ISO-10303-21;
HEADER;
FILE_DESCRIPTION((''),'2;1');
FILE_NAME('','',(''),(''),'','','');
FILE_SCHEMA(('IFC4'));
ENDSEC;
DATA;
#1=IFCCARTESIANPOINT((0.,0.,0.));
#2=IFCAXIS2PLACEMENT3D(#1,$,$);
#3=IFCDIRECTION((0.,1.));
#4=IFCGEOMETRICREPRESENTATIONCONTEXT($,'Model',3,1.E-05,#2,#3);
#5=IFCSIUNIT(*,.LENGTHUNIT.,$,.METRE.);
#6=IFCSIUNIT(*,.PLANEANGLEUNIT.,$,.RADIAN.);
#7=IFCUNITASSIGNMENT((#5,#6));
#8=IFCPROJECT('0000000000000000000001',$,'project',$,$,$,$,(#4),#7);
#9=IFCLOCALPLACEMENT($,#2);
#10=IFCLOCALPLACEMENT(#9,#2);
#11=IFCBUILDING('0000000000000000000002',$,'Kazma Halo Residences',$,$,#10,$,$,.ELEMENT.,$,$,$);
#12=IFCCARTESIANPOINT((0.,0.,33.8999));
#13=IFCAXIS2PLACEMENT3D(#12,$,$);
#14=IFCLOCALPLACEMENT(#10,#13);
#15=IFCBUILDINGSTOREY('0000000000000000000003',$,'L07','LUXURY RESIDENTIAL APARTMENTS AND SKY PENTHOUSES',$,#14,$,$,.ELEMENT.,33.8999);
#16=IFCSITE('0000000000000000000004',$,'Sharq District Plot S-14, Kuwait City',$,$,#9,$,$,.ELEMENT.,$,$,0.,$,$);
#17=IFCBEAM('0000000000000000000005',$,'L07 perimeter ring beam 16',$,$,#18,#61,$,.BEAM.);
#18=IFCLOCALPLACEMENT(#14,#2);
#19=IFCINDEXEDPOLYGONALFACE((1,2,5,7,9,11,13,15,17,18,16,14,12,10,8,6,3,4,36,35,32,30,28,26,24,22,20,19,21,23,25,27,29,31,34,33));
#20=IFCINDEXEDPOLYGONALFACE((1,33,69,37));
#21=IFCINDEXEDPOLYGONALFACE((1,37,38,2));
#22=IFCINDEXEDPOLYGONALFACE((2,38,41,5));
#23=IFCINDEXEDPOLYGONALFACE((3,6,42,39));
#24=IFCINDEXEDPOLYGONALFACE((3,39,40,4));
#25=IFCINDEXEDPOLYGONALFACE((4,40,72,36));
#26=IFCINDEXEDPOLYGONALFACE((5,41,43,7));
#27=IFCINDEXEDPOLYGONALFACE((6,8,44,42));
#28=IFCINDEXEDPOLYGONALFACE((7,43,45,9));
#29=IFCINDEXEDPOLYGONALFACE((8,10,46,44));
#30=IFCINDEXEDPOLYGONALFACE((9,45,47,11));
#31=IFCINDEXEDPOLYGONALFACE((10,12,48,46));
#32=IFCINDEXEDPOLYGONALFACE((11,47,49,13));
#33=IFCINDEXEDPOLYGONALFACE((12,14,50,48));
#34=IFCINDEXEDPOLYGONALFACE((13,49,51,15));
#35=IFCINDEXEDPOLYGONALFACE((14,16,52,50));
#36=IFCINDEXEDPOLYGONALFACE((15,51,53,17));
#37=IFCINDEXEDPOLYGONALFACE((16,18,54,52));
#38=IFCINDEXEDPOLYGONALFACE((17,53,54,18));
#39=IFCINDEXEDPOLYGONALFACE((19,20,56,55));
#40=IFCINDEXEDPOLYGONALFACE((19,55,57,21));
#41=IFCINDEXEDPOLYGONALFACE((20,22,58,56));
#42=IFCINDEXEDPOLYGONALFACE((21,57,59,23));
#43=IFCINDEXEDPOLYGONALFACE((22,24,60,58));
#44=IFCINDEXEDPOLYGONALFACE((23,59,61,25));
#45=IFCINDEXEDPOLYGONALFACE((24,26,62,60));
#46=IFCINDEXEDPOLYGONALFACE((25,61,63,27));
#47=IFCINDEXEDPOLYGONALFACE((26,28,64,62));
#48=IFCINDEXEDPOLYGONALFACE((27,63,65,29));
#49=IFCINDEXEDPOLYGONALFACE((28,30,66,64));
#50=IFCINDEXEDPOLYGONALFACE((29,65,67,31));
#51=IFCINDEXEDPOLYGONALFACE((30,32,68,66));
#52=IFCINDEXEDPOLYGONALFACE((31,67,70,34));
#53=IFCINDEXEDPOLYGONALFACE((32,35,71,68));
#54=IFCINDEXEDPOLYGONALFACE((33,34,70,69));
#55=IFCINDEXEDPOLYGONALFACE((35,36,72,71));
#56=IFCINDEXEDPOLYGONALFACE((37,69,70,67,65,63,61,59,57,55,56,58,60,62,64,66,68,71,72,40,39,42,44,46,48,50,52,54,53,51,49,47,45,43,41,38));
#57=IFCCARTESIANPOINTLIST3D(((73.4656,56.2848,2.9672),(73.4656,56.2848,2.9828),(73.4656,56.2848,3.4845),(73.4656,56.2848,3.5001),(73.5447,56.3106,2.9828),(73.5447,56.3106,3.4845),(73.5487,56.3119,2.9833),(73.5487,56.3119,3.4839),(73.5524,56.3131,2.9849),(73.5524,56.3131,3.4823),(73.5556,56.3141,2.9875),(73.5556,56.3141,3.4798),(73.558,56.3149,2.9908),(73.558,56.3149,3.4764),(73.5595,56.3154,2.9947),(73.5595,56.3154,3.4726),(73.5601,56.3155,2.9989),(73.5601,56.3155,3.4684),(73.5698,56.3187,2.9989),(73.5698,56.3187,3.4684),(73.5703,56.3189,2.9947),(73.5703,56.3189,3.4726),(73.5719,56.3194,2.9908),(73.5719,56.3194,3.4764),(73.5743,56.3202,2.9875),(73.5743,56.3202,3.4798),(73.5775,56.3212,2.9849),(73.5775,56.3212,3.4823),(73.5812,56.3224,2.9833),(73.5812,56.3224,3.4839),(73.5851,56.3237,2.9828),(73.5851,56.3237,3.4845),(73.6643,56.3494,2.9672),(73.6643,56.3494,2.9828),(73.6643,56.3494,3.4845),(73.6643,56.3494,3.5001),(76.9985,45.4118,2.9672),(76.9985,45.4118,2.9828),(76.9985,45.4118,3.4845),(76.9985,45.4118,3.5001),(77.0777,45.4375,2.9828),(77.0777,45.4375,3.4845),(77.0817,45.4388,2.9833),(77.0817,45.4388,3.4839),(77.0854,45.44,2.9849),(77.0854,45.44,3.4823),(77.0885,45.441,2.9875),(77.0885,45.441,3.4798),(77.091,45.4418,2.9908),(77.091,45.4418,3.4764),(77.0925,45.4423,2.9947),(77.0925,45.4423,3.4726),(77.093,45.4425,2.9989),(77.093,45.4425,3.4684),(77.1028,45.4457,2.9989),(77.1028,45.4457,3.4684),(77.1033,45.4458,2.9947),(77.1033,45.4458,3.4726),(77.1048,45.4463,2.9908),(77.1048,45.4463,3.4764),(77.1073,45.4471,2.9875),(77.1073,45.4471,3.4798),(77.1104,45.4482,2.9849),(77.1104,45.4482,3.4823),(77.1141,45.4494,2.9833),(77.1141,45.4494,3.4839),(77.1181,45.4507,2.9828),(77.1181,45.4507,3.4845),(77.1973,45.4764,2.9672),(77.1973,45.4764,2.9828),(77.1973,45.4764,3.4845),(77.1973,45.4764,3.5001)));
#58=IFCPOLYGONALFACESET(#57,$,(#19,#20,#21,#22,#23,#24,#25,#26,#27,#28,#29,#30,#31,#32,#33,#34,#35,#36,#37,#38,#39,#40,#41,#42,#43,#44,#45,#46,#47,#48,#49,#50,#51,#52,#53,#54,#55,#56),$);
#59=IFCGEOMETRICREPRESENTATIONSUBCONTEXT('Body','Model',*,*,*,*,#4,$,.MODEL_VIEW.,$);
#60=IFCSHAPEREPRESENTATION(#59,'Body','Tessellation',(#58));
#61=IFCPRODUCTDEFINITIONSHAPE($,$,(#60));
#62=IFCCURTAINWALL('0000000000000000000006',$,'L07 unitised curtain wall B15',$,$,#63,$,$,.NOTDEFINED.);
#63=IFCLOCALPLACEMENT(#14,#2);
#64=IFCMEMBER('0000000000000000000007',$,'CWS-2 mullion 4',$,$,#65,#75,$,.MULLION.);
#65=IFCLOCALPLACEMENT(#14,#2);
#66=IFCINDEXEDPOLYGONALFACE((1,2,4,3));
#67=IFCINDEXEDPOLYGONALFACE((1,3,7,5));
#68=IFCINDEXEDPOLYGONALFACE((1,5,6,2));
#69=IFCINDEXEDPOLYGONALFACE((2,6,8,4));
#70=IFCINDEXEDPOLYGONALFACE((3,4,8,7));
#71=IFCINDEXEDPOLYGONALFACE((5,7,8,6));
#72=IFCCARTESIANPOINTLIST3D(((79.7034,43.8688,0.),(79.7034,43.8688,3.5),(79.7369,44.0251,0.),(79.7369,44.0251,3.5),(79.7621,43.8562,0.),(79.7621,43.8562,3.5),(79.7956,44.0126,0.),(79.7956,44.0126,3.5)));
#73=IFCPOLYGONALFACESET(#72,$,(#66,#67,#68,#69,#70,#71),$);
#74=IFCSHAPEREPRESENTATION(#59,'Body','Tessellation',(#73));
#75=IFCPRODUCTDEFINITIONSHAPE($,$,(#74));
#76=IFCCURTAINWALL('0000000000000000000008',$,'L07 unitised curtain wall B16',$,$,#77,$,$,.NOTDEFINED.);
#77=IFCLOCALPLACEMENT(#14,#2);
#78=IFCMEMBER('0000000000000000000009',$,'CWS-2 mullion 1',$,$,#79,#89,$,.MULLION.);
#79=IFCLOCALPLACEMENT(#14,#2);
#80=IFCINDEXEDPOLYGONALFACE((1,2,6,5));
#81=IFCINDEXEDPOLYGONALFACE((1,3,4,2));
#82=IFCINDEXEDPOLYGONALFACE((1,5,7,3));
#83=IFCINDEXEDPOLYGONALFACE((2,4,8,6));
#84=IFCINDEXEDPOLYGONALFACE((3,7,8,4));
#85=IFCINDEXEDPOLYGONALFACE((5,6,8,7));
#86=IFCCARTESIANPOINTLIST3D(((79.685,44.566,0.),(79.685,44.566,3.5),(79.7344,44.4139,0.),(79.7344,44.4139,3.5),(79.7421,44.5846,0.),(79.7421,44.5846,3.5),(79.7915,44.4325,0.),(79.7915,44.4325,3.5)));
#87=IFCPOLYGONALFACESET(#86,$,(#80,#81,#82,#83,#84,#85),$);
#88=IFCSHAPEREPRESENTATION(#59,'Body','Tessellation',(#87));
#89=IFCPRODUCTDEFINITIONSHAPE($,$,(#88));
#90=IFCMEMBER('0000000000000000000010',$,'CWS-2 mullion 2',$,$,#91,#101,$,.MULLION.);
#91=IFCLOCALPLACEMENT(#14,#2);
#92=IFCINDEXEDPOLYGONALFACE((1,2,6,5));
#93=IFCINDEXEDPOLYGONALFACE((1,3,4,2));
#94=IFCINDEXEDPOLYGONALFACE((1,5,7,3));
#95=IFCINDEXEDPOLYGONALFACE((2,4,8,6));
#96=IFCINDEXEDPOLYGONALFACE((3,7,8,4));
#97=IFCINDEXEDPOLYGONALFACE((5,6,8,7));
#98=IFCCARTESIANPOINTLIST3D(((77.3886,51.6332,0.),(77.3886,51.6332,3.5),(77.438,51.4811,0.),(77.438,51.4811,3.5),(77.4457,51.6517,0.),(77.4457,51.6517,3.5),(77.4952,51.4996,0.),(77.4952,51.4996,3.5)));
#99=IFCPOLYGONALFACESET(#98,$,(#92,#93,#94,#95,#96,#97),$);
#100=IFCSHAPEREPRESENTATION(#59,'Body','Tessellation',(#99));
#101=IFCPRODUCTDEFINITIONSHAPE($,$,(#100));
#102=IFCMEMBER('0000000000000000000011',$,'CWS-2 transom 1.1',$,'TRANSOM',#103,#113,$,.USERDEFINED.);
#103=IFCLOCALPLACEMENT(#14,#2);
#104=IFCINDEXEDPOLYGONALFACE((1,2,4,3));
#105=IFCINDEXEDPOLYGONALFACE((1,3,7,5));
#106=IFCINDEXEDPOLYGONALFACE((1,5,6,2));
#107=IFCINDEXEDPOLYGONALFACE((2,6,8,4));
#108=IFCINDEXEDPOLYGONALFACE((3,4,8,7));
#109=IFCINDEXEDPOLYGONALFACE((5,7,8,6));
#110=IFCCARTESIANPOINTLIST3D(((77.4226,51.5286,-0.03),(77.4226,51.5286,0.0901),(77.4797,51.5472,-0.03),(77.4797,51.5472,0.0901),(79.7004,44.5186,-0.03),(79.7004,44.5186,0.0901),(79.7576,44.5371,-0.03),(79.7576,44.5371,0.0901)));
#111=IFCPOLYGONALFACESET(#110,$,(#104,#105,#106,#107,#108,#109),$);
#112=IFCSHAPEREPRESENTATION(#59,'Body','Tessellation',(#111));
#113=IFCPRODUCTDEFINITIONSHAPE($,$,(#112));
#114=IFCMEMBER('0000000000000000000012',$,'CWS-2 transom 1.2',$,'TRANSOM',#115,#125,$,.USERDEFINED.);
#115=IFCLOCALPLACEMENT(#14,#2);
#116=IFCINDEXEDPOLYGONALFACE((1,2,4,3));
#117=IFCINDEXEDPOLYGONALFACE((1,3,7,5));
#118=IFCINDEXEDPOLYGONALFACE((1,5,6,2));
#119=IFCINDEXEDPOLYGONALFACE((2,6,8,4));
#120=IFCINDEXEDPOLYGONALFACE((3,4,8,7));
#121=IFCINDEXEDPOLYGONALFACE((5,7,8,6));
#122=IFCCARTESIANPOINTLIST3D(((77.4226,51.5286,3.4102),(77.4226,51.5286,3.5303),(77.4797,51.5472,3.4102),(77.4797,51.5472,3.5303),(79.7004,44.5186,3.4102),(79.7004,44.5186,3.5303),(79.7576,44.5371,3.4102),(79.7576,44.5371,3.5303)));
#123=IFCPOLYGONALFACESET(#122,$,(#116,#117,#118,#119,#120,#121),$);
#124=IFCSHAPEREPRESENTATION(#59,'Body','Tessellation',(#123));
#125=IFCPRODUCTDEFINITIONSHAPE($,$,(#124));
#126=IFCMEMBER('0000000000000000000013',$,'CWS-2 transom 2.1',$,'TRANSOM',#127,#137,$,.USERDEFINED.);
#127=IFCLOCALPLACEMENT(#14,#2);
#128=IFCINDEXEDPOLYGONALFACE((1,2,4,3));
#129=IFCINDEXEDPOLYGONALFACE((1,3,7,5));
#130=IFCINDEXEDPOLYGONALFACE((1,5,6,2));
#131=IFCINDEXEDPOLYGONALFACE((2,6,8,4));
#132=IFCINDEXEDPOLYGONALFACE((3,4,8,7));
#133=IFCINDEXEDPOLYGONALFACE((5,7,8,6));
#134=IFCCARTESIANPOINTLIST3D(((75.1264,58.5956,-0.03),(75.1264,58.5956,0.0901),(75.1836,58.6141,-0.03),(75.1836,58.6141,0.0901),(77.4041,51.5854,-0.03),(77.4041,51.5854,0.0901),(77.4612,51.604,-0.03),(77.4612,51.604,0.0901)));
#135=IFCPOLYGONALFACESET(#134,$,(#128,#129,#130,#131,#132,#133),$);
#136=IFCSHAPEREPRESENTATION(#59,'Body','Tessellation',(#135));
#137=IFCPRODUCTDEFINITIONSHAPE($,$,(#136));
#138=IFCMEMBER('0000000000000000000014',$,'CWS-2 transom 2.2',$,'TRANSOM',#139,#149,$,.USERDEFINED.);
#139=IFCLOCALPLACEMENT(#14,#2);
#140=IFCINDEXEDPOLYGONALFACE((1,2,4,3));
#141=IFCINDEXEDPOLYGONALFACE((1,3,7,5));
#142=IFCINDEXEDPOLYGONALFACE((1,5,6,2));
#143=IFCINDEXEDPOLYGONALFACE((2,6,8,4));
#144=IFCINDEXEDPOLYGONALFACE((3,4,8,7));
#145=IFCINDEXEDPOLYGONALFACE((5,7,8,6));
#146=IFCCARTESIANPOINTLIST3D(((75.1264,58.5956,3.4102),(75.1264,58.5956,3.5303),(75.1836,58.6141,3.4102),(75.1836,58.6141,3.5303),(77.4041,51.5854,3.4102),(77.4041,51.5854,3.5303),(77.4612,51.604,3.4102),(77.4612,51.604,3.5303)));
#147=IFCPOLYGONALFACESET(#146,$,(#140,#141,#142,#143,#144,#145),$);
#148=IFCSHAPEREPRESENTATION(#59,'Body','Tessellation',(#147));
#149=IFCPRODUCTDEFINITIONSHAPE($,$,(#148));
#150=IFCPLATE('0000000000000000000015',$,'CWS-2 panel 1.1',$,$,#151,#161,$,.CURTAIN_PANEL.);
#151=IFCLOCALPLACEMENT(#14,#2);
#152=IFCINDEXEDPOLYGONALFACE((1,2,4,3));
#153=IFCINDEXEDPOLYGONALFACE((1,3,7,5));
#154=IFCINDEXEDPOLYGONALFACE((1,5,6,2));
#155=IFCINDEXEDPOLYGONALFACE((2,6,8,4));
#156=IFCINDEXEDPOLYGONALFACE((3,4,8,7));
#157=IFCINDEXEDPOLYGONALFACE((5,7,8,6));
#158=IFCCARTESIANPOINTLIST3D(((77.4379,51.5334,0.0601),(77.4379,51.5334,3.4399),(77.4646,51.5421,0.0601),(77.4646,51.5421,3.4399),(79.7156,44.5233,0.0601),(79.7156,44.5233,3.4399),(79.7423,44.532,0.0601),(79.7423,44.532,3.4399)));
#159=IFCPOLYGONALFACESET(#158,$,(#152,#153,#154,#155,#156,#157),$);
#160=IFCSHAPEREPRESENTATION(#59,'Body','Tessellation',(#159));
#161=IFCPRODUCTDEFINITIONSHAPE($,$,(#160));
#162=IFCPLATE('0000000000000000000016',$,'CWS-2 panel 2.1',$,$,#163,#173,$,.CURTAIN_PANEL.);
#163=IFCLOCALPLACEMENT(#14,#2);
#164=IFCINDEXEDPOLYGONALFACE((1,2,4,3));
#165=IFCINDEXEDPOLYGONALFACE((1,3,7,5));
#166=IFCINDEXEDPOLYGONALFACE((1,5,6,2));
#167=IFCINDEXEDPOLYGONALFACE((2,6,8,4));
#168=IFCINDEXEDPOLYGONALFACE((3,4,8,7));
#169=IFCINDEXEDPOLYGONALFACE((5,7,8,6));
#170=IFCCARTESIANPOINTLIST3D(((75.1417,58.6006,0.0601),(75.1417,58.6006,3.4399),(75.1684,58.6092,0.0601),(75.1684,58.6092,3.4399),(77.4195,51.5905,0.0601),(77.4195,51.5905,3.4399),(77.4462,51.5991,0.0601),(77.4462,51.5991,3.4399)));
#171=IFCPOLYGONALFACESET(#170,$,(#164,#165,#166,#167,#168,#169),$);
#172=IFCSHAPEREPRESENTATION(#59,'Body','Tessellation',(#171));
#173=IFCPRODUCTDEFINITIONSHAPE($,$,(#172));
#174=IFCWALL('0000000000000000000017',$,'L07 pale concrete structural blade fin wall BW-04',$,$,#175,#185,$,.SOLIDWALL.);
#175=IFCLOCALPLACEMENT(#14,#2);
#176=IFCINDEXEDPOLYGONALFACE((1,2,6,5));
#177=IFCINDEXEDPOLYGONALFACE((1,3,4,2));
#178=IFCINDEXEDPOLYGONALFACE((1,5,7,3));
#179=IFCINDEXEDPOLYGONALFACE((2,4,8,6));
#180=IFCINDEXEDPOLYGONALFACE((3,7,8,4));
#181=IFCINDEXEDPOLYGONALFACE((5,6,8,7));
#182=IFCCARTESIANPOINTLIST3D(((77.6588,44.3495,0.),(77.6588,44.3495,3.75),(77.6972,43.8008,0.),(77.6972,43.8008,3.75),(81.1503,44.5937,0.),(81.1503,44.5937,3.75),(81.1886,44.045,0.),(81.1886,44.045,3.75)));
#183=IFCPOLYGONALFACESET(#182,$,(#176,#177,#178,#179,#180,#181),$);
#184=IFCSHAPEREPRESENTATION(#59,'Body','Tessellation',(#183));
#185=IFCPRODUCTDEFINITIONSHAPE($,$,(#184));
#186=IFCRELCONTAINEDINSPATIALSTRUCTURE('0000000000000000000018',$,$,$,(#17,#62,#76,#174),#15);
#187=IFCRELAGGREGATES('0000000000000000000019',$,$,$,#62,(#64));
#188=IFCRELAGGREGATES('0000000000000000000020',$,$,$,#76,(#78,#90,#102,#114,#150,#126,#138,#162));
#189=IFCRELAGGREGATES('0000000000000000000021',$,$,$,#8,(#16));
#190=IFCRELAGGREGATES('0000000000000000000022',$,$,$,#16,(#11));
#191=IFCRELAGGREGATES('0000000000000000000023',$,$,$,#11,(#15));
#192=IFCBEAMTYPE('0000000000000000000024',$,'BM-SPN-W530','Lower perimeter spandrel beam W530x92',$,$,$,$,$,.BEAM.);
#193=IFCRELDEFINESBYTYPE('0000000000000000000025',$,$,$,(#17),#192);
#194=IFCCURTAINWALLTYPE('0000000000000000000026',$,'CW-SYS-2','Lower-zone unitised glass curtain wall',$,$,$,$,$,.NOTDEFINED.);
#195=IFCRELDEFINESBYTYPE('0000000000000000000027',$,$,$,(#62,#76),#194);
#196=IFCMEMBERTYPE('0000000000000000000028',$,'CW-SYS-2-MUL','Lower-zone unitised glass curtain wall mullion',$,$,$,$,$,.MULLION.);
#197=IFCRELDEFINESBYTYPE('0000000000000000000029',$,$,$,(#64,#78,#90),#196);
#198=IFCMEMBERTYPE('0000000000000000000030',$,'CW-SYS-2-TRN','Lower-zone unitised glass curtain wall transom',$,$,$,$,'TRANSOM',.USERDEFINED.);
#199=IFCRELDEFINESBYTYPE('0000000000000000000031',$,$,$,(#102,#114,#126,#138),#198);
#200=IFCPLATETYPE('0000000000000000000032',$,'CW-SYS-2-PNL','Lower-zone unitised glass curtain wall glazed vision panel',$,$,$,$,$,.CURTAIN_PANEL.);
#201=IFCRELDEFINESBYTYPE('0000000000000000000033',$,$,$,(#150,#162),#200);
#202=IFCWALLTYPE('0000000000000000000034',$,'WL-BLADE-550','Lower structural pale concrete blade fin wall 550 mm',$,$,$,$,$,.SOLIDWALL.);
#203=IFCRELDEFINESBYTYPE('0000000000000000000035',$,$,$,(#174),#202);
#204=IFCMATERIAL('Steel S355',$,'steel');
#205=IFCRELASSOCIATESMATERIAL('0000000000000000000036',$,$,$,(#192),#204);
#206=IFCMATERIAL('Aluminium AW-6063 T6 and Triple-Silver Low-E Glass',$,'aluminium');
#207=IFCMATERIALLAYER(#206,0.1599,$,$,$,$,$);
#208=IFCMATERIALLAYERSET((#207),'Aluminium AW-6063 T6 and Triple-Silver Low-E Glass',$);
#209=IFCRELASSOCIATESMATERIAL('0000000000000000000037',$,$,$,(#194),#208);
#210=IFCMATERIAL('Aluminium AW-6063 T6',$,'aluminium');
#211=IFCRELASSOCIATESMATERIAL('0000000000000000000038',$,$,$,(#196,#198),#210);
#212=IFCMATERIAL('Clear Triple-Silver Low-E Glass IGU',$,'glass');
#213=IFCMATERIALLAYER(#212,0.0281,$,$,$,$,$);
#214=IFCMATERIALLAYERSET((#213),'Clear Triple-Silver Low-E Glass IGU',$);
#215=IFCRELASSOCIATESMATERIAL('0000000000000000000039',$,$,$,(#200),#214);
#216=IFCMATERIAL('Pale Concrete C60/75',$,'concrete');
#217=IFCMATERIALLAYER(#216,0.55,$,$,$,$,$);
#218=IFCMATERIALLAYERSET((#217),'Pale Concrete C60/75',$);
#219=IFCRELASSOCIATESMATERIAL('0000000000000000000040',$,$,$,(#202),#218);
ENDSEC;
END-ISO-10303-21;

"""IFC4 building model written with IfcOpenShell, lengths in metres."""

from ifc_helpers import new_model, si_unit, direction, frame, frame_2d, origin, origin_2d, place, context, subcontext, project, spatial, rectangle, i_section, extrude, material, layer, layer_set, material_profile, profile_set, type_object, element, aggregate, save


model = new_model("IFC4")

# Units and contexts
model_context = context("Model", 3, precision=1e-05, world=origin(), true_north=direction((0.0, 1.0)))
body_context = subcontext(model_context, "Body", "Model", "MODEL_VIEW")
ifc_project = project(units=[si_unit("LENGTHUNIT", "METRE"), si_unit("PLANEANGLEUNIT", "RADIAN")], contexts=[model_context])

# Site, building, storey
site_placement = place(None, origin())
site = spatial("IfcSite", under=ifc_project, at=site_placement, Name="Sharq District Plot S-14, Kuwait City", CompositionType="ELEMENT", RefElevation=0.0)
building_placement = place(site_placement, origin())
building = spatial("IfcBuilding", under=site, at=building_placement, Name="Kazma Halo Residences", CompositionType="ELEMENT")
storey_placement = place(building_placement, frame((0.0, 0.0, 33.8999)))
storey = spatial("IfcBuildingStorey", under=building, at=storey_placement, Name="L07", Description="LUXURY RESIDENTIAL APARTMENTS AND SKY PENTHOUSES", CompositionType="ELEMENT", Elevation=33.8999)

# Beam
ifc_material_1 = material(Name="Steel S355", Category="steel")
ifc_material_profile_1 = material_profile(ifc_material_1, i_section(OverallWidth=0.209, OverallDepth=0.533, WebThickness=0.0103, FlangeThickness=0.0156, FilletRadius=0.0161, at=origin_2d()), Name="W530x92")
ifc_profile_set_1 = profile_set([ifc_material_profile_1], Name="Steel S355")
beam_type_1 = type_object("IfcBeamType", Name="BM-SPN-W530", Description="Lower perimeter spandrel beam W530x92", PredefinedType="BEAM", material=ifc_profile_set_1)
beam_1_placement = place(storey_placement, frame((77.0979, 45.4441, 3.2336), z_axis=(-0.309024, 0.951054, 0.0), x_axis=(-0.951054, -0.309024, 0.0)))
element("IfcBeam", 1, at=beam_1_placement, inside=storey, type_object=beam_type_1, Name="L07 perimeter ring beam 16", PredefinedType="BEAM", context=body_context, shape_type="SweptSolid", body=[
    extrude(i_section(OverallWidth=0.209, OverallDepth=0.533, WebThickness=0.0103, FlangeThickness=0.0156, FilletRadius=0.0161, at=origin_2d()), origin(), (0.0, 0.0, 1.0), 11.4326),
])

# Curtain wall, member
ifc_material_2 = material(Name="Aluminium AW-6063 T6 and Triple-Silver Low-E Glass", Category="aluminium")
ifc_layer_1 = layer(ifc_material_2, 0.1599)
ifc_layer_set_1 = layer_set([ifc_layer_1], Name="Aluminium AW-6063 T6 and Triple-Silver Low-E Glass")
curtain_wall_type = type_object("IfcCurtainWallType", Name="CW-SYS-2", Description="Lower-zone unitised glass curtain wall", PredefinedType="NOTDEFINED", material=ifc_layer_set_1)
curtain_wall_1_placement = place(storey_placement, origin())
curtain_wall_1 = element("IfcCurtainWall", 2, at=curtain_wall_1_placement, inside=storey, type_object=curtain_wall_type, Name="L07 unitised curtain wall B15", PredefinedType="NOTDEFINED")
ifc_material_3 = material(Name="Aluminium AW-6063 T6", Category="aluminium")
ifc_material_profile_2 = material_profile(ifc_material_3, rectangle(XDim=0.0601, YDim=0.1599, at=origin_2d()), Name="CWM-60x160")
ifc_profile_set_2 = profile_set([ifc_material_profile_2], Name="Aluminium AW-6063 T6")
member_type_1 = type_object("IfcMemberType", Name="CW-SYS-2-MUL", Description="Lower-zone unitised glass curtain wall mullion", PredefinedType="MULLION", material=ifc_profile_set_2)
member_1_placement = place(storey_placement, frame((79.7495, 43.9407, 0.0), z_axis=(0.0, 0.0, 1.0), x_axis=(-0.977779, 0.209637, 0.0)))
member_1 = element("IfcMember", 3, at=member_1_placement, type_object=member_type_1, Name="CWS-2 mullion 4", PredefinedType="MULLION", context=body_context, shape_type="SweptSolid", body=[
    extrude(rectangle(XDim=0.0601, YDim=0.1599, at=origin_2d()), origin(), (0.0, 0.0, 1.0), 3.5),
])
aggregate(curtain_wall_1, [member_1])

# Curtain wall, members, plates
curtain_wall_2_placement = place(storey_placement, origin())
curtain_wall_2 = element("IfcCurtainWall", 4, at=curtain_wall_2_placement, inside=storey, type_object=curtain_wall_type, Name="L07 unitised curtain wall B16", PredefinedType="NOTDEFINED")
member_2_placement = place(storey_placement, frame((79.7383, 44.4993, 0.0), z_axis=(0.0, 0.0, 1.0), x_axis=(-0.951057, -0.309017, 0.0)))
member_2 = element("IfcMember", 5, at=member_2_placement, type_object=member_type_1, Name="CWS-2 mullion 1", PredefinedType="MULLION", context=body_context, shape_type="SweptSolid", body=[
    extrude(rectangle(XDim=0.0601, YDim=0.1599, at=origin_2d()), origin(), (0.0, 0.0, 1.0), 3.5),
])
member_3_placement = place(storey_placement, frame((77.4419, 51.5664, 0.0), z_axis=(0.0, 0.0, 1.0), x_axis=(-0.951057, -0.309017, 0.0)))
member_3 = element("IfcMember", 6, at=member_3_placement, type_object=member_type_1, Name="CWS-2 mullion 2", PredefinedType="MULLION", context=body_context, shape_type="SweptSolid", body=[
    extrude(rectangle(XDim=0.0601, YDim=0.1599, at=origin_2d()), origin(), (0.0, 0.0, 1.0), 3.5),
])
ifc_material_profile_3 = material_profile(ifc_material_3, rectangle(XDim=0.0601, YDim=0.1201, at=origin_2d()), Name="CWT-60x120")
ifc_profile_set_3 = profile_set([ifc_material_profile_3], Name="Aluminium AW-6063 T6")
member_type_2 = type_object("IfcMemberType", Name="CW-SYS-2-TRN", Description="Lower-zone unitised glass curtain wall transom", ElementType="TRANSOM", PredefinedType="USERDEFINED", material=ifc_profile_set_3)
member_4_placement = place(storey_placement, frame((79.729, 44.5278, 0.03), z_axis=(-0.309034, 0.951051, 0.0), x_axis=(-0.951051, -0.309034, 0.0)))
member_4 = element("IfcMember", 7, at=member_4_placement, type_object=member_type_2, Name="CWS-2 transom 1.1", ObjectType="TRANSOM", PredefinedType="USERDEFINED", context=body_context, shape_type="SweptSolid", body=[
    extrude(rectangle(XDim=0.0601, YDim=0.1201, at=origin_2d()), origin(), (0.0, 0.0, 1.0), 7.3708),
])
member_5_placement = place(storey_placement, frame((79.729, 44.5278, 3.4702), z_axis=(-0.309034, 0.951051, 0.0), x_axis=(-0.951051, -0.309034, 0.0)))
member_5 = element("IfcMember", 8, at=member_5_placement, type_object=member_type_2, Name="CWS-2 transom 1.2", ObjectType="TRANSOM", PredefinedType="USERDEFINED", context=body_context, shape_type="SweptSolid", body=[
    extrude(rectangle(XDim=0.0601, YDim=0.1201, at=origin_2d()), origin(), (0.0, 0.0, 1.0), 7.3708),
])
member_6_placement = place(storey_placement, frame((77.4326, 51.5947, 0.03), z_axis=(-0.309004, 0.951061, 0.0), x_axis=(-0.951061, -0.309004, 0.0)))
member_6 = element("IfcMember", 9, at=member_6_placement, type_object=member_type_2, Name="CWS-2 transom 2.1", ObjectType="TRANSOM", PredefinedType="USERDEFINED", context=body_context, shape_type="SweptSolid", body=[
    extrude(rectangle(XDim=0.0601, YDim=0.1201, at=origin_2d()), origin(), (0.0, 0.0, 1.0), 7.3708),
])
member_7_placement = place(storey_placement, frame((77.4326, 51.5947, 3.4702), z_axis=(-0.309004, 0.951061, 0.0), x_axis=(-0.951061, -0.309004, 0.0)))
member_7 = element("IfcMember", 10, at=member_7_placement, type_object=member_type_2, Name="CWS-2 transom 2.2", ObjectType="TRANSOM", PredefinedType="USERDEFINED", context=body_context, shape_type="SweptSolid", body=[
    extrude(rectangle(XDim=0.0601, YDim=0.1201, at=origin_2d()), origin(), (0.0, 0.0, 1.0), 7.3708),
])
ifc_material_4 = material(Name="Clear Triple-Silver Low-E Glass IGU", Category="glass")
ifc_layer_2 = layer(ifc_material_4, 0.0281)
ifc_layer_set_2 = layer_set([ifc_layer_2], Name="Clear Triple-Silver Low-E Glass IGU")
plate_type = type_object("IfcPlateType", Name="CW-SYS-2-PNL", Description="Lower-zone unitised glass curtain wall glazed vision panel", PredefinedType="CURTAIN_PANEL", material=ifc_layer_set_2)
plate_1_placement = place(storey_placement, frame((78.5901, 48.0327, 0.0601), z_axis=(0.0, 0.0, 1.0), x_axis=(-0.309017, 0.951057, 0.0)))
plate_1 = element("IfcPlate", 11, at=plate_1_placement, type_object=plate_type, Name="CWS-2 panel 1.1", PredefinedType="CURTAIN_PANEL", context=body_context, shape_type="SweptSolid", body=[
    extrude(rectangle(XDim=7.3708, YDim=0.0281, at=origin_2d()), origin(), (0.0, 0.0, 1.0), 3.3799),
])
plate_2_placement = place(storey_placement, frame((76.2939, 55.0999, 0.0601), z_axis=(0.0, 0.0, 1.0), x_axis=(-0.309017, 0.951057, 0.0)))
plate_2 = element("IfcPlate", 12, at=plate_2_placement, type_object=plate_type, Name="CWS-2 panel 2.1", PredefinedType="CURTAIN_PANEL", context=body_context, shape_type="SweptSolid", body=[
    extrude(rectangle(XDim=7.3708, YDim=0.0281, at=origin_2d()), origin(), (0.0, 0.0, 1.0), 3.3799),
])
aggregate(curtain_wall_2, [member_2, member_3, member_4, member_5, plate_1, member_6, member_7, plate_2])

# Wall
ifc_material_5 = material(Name="Pale Concrete C60/75", Category="concrete")
ifc_layer_3 = layer(ifc_material_5, 0.55)
ifc_layer_set_3 = layer_set([ifc_layer_3], Name="Pale Concrete C60/75")
wall_type_1 = type_object("IfcWallType", Name="WL-BLADE-550", Description="Lower structural pale concrete blade fin wall 550 mm", PredefinedType="SOLIDWALL", material=ifc_layer_set_3)
wall_1_placement = place(storey_placement, frame((77.678, 44.0752, 0.0), z_axis=(0.0, 0.0, 1.0), x_axis=(0.997564, 0.069755, 0.0)))
element("IfcWall", 13, at=wall_1_placement, inside=storey, type_object=wall_type_1, Name="L07 pale concrete structural blade fin wall BW-04", PredefinedType="SOLIDWALL", context=body_context, shape_type="SweptSolid", body=[
    extrude(rectangle(XDim=3.5, YDim=0.55, at=frame_2d((1.75, 0.0))), origin(), (0.0, 0.0, 1.0), 3.75),
])

save(model, "model.ifc")
